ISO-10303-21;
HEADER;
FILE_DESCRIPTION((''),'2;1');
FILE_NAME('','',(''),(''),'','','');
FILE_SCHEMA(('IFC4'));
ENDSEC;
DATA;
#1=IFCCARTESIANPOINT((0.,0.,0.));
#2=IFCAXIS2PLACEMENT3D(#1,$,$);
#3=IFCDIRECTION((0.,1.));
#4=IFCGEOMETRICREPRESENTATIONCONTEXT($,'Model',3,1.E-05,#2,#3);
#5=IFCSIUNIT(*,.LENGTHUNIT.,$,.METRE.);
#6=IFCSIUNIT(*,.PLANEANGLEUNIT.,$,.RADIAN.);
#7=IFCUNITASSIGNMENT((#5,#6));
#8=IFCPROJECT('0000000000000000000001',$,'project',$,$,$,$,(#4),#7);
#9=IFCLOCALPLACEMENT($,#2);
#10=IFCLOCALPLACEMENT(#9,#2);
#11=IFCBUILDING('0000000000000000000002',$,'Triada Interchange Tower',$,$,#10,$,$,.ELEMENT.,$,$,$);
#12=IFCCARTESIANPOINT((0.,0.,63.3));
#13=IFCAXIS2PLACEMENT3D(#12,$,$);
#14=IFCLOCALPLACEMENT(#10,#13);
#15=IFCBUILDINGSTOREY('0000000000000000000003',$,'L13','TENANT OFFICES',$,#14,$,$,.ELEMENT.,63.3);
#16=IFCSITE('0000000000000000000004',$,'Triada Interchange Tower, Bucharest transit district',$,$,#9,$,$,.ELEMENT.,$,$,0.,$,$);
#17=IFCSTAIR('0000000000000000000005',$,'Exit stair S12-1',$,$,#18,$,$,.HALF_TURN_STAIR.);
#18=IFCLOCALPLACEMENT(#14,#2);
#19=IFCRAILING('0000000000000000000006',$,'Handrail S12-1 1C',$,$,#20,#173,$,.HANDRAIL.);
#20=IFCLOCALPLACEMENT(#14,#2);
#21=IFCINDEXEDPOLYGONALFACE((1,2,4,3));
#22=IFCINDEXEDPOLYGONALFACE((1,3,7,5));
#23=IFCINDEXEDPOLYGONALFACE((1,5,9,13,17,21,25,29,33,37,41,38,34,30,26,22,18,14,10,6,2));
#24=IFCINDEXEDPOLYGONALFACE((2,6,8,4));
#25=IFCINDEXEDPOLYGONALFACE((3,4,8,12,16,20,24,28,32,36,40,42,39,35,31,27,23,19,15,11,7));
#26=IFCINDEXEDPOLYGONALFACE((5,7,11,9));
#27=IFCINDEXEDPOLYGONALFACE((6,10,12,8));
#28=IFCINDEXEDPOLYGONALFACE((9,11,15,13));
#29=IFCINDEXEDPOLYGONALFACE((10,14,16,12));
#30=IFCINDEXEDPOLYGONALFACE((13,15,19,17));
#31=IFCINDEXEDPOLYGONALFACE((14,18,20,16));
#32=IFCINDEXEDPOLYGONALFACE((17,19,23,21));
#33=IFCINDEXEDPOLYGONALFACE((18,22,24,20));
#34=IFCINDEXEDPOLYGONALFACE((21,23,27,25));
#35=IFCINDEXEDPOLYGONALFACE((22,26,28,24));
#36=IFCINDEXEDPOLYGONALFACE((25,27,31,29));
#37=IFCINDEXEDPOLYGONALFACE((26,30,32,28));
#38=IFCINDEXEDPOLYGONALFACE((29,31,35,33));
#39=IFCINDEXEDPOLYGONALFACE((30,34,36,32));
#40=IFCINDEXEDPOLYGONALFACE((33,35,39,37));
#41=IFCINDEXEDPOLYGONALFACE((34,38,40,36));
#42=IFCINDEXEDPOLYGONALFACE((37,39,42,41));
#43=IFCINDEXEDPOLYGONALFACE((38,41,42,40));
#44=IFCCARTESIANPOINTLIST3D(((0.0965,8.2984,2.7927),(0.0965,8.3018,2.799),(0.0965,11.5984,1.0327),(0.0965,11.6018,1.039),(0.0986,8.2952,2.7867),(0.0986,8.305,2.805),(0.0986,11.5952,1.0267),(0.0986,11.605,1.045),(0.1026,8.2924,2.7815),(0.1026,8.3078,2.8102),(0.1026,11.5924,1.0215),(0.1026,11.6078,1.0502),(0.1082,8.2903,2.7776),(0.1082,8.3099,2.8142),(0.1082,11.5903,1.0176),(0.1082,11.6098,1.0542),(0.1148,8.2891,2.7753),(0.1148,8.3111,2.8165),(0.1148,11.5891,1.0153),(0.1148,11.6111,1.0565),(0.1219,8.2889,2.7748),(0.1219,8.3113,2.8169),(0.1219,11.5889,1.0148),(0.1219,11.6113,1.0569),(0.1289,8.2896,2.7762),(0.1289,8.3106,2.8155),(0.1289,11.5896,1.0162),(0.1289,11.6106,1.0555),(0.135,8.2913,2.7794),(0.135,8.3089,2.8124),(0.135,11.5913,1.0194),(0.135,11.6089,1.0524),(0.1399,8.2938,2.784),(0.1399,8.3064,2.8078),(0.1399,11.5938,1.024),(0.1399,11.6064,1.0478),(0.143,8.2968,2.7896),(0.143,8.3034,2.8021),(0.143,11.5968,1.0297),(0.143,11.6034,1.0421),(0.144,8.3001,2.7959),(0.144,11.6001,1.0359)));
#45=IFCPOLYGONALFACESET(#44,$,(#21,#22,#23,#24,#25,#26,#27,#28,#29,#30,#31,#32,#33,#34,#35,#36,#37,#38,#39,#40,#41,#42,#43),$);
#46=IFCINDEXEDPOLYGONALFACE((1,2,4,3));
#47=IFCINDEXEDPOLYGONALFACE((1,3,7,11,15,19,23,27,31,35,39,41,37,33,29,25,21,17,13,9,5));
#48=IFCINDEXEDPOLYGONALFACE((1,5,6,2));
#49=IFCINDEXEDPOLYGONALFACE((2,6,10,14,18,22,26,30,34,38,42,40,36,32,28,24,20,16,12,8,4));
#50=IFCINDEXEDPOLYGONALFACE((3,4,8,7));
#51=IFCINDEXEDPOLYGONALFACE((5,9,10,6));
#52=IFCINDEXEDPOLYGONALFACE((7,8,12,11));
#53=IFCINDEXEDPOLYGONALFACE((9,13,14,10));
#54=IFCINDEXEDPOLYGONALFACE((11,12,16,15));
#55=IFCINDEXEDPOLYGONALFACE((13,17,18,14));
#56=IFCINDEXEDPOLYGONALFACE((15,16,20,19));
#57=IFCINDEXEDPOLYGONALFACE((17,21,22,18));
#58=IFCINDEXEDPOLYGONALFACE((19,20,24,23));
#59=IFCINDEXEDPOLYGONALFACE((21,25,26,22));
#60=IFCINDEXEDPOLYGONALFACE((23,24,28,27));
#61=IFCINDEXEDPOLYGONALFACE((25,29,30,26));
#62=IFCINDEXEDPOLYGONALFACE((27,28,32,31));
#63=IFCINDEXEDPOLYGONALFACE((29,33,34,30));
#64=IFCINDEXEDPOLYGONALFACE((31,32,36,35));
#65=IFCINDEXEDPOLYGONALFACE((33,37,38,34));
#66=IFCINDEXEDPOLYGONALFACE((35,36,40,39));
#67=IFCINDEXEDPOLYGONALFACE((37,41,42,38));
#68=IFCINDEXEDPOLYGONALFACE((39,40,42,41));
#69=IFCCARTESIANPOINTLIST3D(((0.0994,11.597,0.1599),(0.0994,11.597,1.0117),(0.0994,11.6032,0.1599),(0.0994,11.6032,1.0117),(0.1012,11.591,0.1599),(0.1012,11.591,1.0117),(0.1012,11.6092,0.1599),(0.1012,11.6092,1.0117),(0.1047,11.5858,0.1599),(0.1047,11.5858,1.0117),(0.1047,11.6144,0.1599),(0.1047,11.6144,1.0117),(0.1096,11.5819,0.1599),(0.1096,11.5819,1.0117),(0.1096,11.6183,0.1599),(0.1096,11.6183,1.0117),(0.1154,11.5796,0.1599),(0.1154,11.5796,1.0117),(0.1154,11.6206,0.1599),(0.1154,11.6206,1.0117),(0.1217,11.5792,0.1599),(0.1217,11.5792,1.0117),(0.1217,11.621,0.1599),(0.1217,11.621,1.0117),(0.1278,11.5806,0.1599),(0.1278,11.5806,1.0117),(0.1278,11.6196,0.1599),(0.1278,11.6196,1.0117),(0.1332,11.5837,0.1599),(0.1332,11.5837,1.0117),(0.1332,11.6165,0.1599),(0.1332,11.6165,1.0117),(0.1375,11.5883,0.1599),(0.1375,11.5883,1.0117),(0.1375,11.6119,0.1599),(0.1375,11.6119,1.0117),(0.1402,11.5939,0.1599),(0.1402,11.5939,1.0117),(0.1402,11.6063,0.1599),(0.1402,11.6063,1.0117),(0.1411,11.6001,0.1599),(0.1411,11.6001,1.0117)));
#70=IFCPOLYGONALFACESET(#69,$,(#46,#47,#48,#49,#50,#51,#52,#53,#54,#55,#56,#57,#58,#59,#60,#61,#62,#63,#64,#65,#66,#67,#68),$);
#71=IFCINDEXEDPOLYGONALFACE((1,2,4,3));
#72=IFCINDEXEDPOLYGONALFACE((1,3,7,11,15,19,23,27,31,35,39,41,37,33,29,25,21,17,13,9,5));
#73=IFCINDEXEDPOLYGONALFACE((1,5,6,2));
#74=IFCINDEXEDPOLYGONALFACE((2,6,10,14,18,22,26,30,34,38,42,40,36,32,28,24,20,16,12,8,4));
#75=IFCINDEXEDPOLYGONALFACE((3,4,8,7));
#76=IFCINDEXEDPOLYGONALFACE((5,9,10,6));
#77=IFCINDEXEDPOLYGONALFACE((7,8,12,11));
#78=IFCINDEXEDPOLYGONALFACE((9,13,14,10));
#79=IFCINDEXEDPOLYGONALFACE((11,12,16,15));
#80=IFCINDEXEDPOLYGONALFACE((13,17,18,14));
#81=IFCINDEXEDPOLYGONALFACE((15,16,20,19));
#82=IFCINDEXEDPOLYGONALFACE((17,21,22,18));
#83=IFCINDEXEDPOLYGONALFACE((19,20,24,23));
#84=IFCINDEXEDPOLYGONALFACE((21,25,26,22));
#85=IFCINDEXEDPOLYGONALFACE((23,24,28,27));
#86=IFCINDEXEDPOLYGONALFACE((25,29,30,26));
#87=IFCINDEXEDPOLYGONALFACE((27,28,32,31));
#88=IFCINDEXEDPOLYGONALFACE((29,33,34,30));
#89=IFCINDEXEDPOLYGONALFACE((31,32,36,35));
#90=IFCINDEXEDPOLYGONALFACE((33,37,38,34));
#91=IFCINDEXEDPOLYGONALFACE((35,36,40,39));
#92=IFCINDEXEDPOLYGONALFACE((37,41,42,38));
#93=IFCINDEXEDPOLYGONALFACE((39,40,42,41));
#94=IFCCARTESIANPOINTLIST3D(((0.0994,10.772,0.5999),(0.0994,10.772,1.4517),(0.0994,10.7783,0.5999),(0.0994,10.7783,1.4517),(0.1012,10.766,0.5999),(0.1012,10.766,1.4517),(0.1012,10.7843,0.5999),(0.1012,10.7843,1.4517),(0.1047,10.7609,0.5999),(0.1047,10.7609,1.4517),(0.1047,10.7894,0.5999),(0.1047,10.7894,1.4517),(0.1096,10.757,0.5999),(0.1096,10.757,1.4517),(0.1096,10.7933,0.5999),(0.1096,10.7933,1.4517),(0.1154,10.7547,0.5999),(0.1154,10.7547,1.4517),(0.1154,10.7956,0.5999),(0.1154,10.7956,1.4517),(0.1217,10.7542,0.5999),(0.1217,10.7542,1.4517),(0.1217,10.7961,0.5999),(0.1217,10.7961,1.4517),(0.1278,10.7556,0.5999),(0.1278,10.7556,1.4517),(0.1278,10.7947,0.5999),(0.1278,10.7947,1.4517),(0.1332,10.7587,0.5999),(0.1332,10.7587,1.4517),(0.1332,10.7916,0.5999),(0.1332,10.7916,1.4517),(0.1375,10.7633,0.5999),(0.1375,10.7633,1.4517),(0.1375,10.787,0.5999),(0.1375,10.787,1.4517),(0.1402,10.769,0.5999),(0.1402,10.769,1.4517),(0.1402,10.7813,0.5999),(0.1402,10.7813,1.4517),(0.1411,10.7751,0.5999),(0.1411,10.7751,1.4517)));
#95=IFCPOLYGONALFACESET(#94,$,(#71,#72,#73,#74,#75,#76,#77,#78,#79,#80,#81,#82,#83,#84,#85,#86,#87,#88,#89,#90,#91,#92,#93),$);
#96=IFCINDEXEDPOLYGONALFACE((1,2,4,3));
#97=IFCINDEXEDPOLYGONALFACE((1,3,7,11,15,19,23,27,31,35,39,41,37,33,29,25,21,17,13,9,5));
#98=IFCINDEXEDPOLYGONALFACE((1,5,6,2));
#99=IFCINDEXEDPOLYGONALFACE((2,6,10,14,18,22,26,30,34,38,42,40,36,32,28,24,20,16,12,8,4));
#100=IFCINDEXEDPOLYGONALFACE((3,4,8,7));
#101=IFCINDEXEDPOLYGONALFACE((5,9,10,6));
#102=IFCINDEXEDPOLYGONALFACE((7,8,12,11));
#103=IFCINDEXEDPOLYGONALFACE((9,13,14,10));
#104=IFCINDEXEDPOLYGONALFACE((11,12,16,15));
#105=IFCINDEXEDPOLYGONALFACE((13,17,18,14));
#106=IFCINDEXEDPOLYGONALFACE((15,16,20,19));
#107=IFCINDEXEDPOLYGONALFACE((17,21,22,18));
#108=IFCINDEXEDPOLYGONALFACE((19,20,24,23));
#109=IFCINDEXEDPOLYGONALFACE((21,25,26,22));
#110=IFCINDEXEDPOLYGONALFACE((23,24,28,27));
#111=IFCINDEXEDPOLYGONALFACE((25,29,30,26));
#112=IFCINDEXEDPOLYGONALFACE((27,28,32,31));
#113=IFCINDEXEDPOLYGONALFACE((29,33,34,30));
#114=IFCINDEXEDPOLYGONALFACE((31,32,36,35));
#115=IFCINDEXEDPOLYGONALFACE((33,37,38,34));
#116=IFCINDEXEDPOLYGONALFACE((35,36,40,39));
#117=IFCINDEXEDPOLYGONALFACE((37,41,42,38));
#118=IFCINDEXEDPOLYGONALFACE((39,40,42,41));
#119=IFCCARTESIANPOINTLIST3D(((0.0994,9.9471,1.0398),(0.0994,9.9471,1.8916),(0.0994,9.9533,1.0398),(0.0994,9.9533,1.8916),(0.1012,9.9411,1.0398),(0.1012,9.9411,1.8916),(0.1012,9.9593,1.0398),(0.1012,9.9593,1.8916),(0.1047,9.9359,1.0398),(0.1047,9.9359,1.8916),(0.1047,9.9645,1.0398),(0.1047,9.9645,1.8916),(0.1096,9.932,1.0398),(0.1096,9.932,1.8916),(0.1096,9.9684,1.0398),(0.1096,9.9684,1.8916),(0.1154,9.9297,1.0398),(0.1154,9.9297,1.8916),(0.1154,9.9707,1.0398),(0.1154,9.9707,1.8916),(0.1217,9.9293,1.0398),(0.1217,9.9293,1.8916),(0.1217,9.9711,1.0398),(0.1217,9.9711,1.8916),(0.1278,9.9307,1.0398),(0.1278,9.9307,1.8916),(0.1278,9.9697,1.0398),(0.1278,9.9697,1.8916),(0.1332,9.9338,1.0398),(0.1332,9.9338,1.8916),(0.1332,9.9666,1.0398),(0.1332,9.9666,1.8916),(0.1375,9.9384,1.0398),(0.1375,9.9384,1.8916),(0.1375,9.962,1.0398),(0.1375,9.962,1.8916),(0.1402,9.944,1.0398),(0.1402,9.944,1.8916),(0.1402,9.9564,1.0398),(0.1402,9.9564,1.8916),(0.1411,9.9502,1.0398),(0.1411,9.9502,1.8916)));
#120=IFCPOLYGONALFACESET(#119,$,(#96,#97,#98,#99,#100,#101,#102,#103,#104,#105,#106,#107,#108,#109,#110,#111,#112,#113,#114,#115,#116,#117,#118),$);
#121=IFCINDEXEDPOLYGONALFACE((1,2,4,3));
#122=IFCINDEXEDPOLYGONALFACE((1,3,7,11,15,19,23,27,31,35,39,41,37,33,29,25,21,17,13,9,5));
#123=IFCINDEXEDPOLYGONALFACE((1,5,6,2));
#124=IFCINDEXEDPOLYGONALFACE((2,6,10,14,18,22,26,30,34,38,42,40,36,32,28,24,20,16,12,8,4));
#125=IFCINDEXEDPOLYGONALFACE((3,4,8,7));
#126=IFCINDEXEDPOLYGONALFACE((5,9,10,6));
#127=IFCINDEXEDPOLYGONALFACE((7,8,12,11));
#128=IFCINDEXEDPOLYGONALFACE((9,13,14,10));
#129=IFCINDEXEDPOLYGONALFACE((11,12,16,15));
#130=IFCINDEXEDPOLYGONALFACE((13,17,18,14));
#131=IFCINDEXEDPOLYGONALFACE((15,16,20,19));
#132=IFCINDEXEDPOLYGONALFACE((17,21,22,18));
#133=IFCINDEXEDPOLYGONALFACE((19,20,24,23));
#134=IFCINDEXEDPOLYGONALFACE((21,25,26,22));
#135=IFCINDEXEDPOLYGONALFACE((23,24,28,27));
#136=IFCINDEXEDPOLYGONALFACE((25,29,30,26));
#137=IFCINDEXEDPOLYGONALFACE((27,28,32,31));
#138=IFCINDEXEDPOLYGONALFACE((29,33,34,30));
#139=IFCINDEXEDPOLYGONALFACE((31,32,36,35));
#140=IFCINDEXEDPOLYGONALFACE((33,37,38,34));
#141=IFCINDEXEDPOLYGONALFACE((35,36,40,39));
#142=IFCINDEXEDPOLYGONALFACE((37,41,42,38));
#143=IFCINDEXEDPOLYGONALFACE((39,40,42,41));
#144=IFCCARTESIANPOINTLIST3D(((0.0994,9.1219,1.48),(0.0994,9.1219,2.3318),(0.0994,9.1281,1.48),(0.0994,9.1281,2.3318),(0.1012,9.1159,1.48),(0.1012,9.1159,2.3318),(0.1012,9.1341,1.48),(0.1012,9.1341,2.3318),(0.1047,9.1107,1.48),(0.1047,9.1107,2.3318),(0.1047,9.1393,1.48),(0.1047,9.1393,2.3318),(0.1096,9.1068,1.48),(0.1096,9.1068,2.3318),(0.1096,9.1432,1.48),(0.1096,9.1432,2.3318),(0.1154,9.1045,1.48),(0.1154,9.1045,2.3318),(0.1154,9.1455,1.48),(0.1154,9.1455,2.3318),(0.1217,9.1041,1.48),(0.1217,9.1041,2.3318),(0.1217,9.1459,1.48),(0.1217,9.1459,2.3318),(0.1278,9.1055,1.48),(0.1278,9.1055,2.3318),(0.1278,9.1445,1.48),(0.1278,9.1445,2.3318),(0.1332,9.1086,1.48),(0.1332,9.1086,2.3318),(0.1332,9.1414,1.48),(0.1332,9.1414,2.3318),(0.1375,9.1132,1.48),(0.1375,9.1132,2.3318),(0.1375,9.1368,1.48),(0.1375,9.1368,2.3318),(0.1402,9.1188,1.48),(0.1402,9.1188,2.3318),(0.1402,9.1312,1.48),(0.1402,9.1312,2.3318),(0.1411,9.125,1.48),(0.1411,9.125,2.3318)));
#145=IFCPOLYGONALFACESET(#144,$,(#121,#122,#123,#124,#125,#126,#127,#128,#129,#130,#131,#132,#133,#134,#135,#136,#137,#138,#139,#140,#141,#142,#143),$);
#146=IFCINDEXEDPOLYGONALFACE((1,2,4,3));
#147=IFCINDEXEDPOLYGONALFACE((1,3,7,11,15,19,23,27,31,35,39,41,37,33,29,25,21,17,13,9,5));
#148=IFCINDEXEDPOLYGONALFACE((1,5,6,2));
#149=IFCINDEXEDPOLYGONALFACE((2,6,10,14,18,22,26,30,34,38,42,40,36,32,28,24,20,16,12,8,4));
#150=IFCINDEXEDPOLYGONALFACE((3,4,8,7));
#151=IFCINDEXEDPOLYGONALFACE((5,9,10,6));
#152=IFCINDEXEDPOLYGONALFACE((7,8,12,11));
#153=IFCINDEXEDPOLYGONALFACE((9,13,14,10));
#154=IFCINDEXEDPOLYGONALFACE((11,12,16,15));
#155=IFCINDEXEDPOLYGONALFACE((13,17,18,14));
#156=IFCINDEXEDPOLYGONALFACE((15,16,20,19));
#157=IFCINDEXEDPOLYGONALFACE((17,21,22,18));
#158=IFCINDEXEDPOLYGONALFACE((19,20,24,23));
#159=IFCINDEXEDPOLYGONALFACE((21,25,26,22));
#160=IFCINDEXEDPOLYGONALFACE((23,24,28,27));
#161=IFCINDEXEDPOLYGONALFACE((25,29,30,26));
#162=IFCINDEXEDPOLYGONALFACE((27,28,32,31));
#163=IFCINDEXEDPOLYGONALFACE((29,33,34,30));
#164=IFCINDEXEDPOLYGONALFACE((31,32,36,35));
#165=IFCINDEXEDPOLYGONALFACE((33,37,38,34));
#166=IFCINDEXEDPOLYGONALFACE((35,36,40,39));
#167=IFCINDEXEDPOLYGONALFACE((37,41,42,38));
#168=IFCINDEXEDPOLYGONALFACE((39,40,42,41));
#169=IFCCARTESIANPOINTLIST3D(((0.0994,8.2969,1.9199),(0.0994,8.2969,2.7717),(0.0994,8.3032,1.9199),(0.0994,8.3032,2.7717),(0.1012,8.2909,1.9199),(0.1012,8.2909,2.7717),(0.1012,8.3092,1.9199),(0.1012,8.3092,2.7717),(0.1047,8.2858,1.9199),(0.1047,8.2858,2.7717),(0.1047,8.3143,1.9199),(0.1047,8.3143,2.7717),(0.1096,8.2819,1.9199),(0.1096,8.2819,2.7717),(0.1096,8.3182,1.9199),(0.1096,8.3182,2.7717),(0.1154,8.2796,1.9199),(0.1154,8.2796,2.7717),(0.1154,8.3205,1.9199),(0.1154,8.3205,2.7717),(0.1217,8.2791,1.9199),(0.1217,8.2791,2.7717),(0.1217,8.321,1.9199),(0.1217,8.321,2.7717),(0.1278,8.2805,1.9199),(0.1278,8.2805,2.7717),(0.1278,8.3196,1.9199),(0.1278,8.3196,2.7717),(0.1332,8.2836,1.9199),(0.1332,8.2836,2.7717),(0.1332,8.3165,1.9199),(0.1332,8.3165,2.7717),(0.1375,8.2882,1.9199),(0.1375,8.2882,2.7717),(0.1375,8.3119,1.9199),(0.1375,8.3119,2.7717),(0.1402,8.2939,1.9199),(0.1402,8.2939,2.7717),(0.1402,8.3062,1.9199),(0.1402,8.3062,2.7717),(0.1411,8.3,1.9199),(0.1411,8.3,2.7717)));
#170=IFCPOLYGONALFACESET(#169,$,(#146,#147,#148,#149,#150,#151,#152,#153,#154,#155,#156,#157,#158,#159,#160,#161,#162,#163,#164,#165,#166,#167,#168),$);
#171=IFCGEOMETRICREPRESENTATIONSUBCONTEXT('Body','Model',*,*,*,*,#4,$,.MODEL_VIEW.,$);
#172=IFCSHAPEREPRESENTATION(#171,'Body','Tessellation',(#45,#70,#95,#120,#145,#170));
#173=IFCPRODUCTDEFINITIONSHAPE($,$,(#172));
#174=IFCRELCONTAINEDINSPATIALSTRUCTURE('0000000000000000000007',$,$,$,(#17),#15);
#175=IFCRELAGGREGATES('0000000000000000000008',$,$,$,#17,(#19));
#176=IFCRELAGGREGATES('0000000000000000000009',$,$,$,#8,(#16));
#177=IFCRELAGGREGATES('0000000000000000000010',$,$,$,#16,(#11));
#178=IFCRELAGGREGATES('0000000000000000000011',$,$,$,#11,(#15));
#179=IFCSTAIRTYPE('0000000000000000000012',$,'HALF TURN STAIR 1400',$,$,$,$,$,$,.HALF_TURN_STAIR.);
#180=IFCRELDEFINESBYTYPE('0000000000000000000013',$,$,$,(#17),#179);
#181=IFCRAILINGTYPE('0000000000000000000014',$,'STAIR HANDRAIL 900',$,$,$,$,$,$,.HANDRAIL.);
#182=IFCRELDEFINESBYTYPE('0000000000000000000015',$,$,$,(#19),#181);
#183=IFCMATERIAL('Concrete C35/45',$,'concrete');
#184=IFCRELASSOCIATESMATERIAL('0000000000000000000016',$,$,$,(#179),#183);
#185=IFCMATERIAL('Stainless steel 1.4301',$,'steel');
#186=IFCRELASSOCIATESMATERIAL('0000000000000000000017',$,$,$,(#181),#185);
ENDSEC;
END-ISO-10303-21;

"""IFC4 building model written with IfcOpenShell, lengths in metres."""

from ifc_helpers import new_model, si_unit, direction, frame, origin, origin_2d, place, context, subcontext, project, spatial, circle, extrude, material, type_object, element, aggregate, save


model = new_model("IFC4")

# Units and contexts
model_context = context("Model", 3, precision=1e-05, world=origin(), true_north=direction((0.0, 1.0)))
body_context = subcontext(model_context, "Body", "Model", "MODEL_VIEW")
ifc_project = project(units=[si_unit("LENGTHUNIT", "METRE"), si_unit("PLANEANGLEUNIT", "RADIAN")], contexts=[model_context])

# Site, building, storey
site_placement = place(None, origin())
site = spatial("IfcSite", under=ifc_project, at=site_placement, Name="Triada Interchange Tower, Bucharest transit district", CompositionType="ELEMENT", RefElevation=0.0)
building_placement = place(site_placement, origin())
building = spatial("IfcBuilding", under=site, at=building_placement, Name="Triada Interchange Tower", CompositionType="ELEMENT")
storey_placement = place(building_placement, frame((0.0, 0.0, 63.3)))
storey = spatial("IfcBuildingStorey", under=building, at=storey_placement, Name="L13", Description="TENANT OFFICES", CompositionType="ELEMENT", Elevation=63.3)

# Stair
ifc_material_1 = material(Name="Concrete C35/45", Category="concrete")
stair_type = type_object("IfcStairType", Name="HALF TURN STAIR 1400", PredefinedType="HALF_TURN_STAIR", material=ifc_material_1)
stair_1_placement = place(storey_placement, origin())
stair_1 = element("IfcStair", 1, at=stair_1_placement, inside=storey, type_object=stair_type, Name="Exit stair S12-1", PredefinedType="HALF_TURN_STAIR")

# Railing
ifc_material_2 = material(Name="Stainless steel 1.4301", Category="steel")
railing_type = type_object("IfcRailingType", Name="STAIR HANDRAIL 900", PredefinedType="HANDRAIL", material=ifc_material_2)
railing_1_placement = place(storey_placement, frame((0.1201, 11.6001, 0.1599)))
railing_1 = element("IfcRailing", 2, at=railing_1_placement, type_object=railing_type, Name="Handrail S12-1 1C", PredefinedType="HANDRAIL", context=body_context, shape_type="SweptSolid", body=[
    extrude(circle(Radius=0.0239, at=origin_2d()), frame((0.0, 0.0, 0.876), z_axis=(0.0, -0.882355, 0.470585), x_axis=(1.0, 0.0, 0.0)), (0.0, 0.0, 1.0), 3.74),
    extrude(circle(Radius=0.021, at=origin_2d()), origin(), (0.0, 0.0, 1.0), 0.8518),
    extrude(circle(Radius=0.021, at=origin_2d()), frame((0.0, -0.825, 0.4399)), (0.0, 0.0, 1.0), 0.8518),
    extrude(circle(Radius=0.021, at=origin_2d()), frame((0.0, -1.6499, 0.8799)), (0.0, 0.0, 1.0), 0.8518),
    extrude(circle(Radius=0.021, at=origin_2d()), frame((0.0, -2.4751, 1.3201)), (0.0, 0.0, 1.0), 0.8518),
    extrude(circle(Radius=0.021, at=origin_2d()), frame((0.0, -3.3, 1.76)), (0.0, 0.0, 1.0), 0.8518),
])
aggregate(stair_1, [railing_1])

save(model, "model.ifc")
